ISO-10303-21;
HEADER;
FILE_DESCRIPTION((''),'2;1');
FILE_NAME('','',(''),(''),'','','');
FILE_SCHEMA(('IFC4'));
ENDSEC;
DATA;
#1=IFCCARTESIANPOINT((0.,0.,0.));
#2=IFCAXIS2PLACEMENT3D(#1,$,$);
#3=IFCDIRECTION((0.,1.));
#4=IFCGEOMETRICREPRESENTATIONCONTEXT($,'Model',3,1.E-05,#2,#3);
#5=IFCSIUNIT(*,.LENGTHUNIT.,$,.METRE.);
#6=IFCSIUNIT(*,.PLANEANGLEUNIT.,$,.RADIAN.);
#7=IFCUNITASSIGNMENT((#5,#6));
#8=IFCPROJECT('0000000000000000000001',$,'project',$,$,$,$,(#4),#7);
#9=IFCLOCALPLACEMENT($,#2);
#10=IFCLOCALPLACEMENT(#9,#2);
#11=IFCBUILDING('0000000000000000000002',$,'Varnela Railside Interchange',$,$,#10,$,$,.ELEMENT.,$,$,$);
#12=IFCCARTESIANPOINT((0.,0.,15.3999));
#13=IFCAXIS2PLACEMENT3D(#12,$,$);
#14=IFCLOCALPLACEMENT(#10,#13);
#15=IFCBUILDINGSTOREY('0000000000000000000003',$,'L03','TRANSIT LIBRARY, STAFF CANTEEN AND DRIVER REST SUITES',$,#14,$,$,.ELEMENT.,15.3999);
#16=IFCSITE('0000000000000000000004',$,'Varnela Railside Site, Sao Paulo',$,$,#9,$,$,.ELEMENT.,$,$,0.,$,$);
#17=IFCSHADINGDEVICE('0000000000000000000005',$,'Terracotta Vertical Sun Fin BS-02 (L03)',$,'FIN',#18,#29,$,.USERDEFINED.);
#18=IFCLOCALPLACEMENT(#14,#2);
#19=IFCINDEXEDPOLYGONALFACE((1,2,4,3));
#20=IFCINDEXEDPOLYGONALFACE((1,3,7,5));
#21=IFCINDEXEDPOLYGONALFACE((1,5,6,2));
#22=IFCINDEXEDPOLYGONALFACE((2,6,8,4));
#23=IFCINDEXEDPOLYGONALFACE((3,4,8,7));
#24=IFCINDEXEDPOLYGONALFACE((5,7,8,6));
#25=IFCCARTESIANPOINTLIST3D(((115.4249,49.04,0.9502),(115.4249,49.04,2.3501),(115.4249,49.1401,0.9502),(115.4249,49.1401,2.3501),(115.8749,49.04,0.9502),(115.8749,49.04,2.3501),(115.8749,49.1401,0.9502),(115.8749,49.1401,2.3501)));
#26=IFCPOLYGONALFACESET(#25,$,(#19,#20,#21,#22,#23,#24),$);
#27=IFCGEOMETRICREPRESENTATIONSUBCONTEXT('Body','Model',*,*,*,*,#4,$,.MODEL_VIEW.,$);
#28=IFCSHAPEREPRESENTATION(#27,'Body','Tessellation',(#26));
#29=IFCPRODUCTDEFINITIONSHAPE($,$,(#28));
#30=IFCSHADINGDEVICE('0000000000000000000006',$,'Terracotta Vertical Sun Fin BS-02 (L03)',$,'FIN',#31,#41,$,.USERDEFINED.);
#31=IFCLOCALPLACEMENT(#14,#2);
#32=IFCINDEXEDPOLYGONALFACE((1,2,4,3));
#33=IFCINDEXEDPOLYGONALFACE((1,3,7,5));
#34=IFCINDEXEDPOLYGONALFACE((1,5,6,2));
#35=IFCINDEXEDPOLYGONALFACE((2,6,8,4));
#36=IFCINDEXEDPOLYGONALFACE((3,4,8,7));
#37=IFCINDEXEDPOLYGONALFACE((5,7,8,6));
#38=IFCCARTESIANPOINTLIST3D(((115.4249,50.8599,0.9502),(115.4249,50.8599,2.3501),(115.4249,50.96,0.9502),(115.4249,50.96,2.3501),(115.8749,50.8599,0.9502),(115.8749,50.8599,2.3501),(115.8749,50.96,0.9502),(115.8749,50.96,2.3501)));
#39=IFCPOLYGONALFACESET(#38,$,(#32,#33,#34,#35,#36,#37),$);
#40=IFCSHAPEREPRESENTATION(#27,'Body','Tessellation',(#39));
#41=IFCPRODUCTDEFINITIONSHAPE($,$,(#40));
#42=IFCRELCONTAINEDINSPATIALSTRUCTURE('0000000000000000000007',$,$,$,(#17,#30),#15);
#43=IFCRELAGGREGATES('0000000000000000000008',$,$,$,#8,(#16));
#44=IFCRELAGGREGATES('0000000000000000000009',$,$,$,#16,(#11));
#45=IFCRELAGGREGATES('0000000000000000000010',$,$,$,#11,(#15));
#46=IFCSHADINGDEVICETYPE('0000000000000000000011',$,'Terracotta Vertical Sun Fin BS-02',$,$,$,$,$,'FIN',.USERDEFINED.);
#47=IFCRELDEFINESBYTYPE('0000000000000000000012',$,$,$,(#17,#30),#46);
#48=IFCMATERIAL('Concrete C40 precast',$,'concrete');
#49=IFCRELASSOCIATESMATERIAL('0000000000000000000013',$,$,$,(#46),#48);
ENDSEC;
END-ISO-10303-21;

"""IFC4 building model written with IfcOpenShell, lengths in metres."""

from ifc_helpers import new_model, si_unit, direction, frame, origin, origin_2d, place, context, subcontext, project, spatial, rectangle, extrude, material, type_object, element, save


model = new_model("IFC4")

# Units and contexts
model_context = context("Model", 3, precision=1e-05, world=origin(), true_north=direction((0.0, 1.0)))
body_context = subcontext(model_context, "Body", "Model", "MODEL_VIEW")
ifc_project = project(units=[si_unit("LENGTHUNIT", "METRE"), si_unit("PLANEANGLEUNIT", "RADIAN")], contexts=[model_context])

# Site, building, storey
site_placement = place(None, origin())
site = spatial("IfcSite", under=ifc_project, at=site_placement, Name="Varnela Railside Site, Sao Paulo", CompositionType="ELEMENT", RefElevation=0.0)
building_placement = place(site_placement, origin())
building = spatial("IfcBuilding", under=site, at=building_placement, Name="Varnela Railside Interchange", CompositionType="ELEMENT")
storey_placement = place(building_placement, frame((0.0, 0.0, 15.3999)))
storey = spatial("IfcBuildingStorey", under=building, at=storey_placement, Name="L03", Description="TRANSIT LIBRARY, STAFF CANTEEN AND DRIVER REST SUITES", CompositionType="ELEMENT", Elevation=15.3999)

# Shared definitions
ifc_material_1 = material(Name="Concrete C40 precast", Category="concrete")

# Shading devices
shading_device_type = type_object("IfcShadingDeviceType", Name="Terracotta Vertical Sun Fin BS-02", ElementType="FIN", PredefinedType="USERDEFINED", material=ifc_material_1)
for number, where, z_axis, x_axis, name in (
    (1, (115.6499, 49.0901, 0.9502), (0.0, 0.0, 1.0), (-1.0, 0.0, 0.0), "Terracotta Vertical Sun Fin BS-02 (L03)"),
    (2, (115.6499, 50.9099, 0.9502), (0.0, 0.0, 1.0), (-1.0, 0.0, 0.0), "Terracotta Vertical Sun Fin BS-02 (L03)"),
):
    element("IfcShadingDevice", number, at=place(storey_placement, frame(where, z_axis=z_axis, x_axis=x_axis)), inside=storey, type_object=shading_device_type, Name=name, ObjectType="FIN", PredefinedType="USERDEFINED", context=body_context, shape_type="SweptSolid", body=[
        extrude(rectangle(XDim=0.45, YDim=0.1001, at=origin_2d()), origin(), (0.0, 0.0, 1.0), 1.3999),
    ])

save(model, "model.ifc")
